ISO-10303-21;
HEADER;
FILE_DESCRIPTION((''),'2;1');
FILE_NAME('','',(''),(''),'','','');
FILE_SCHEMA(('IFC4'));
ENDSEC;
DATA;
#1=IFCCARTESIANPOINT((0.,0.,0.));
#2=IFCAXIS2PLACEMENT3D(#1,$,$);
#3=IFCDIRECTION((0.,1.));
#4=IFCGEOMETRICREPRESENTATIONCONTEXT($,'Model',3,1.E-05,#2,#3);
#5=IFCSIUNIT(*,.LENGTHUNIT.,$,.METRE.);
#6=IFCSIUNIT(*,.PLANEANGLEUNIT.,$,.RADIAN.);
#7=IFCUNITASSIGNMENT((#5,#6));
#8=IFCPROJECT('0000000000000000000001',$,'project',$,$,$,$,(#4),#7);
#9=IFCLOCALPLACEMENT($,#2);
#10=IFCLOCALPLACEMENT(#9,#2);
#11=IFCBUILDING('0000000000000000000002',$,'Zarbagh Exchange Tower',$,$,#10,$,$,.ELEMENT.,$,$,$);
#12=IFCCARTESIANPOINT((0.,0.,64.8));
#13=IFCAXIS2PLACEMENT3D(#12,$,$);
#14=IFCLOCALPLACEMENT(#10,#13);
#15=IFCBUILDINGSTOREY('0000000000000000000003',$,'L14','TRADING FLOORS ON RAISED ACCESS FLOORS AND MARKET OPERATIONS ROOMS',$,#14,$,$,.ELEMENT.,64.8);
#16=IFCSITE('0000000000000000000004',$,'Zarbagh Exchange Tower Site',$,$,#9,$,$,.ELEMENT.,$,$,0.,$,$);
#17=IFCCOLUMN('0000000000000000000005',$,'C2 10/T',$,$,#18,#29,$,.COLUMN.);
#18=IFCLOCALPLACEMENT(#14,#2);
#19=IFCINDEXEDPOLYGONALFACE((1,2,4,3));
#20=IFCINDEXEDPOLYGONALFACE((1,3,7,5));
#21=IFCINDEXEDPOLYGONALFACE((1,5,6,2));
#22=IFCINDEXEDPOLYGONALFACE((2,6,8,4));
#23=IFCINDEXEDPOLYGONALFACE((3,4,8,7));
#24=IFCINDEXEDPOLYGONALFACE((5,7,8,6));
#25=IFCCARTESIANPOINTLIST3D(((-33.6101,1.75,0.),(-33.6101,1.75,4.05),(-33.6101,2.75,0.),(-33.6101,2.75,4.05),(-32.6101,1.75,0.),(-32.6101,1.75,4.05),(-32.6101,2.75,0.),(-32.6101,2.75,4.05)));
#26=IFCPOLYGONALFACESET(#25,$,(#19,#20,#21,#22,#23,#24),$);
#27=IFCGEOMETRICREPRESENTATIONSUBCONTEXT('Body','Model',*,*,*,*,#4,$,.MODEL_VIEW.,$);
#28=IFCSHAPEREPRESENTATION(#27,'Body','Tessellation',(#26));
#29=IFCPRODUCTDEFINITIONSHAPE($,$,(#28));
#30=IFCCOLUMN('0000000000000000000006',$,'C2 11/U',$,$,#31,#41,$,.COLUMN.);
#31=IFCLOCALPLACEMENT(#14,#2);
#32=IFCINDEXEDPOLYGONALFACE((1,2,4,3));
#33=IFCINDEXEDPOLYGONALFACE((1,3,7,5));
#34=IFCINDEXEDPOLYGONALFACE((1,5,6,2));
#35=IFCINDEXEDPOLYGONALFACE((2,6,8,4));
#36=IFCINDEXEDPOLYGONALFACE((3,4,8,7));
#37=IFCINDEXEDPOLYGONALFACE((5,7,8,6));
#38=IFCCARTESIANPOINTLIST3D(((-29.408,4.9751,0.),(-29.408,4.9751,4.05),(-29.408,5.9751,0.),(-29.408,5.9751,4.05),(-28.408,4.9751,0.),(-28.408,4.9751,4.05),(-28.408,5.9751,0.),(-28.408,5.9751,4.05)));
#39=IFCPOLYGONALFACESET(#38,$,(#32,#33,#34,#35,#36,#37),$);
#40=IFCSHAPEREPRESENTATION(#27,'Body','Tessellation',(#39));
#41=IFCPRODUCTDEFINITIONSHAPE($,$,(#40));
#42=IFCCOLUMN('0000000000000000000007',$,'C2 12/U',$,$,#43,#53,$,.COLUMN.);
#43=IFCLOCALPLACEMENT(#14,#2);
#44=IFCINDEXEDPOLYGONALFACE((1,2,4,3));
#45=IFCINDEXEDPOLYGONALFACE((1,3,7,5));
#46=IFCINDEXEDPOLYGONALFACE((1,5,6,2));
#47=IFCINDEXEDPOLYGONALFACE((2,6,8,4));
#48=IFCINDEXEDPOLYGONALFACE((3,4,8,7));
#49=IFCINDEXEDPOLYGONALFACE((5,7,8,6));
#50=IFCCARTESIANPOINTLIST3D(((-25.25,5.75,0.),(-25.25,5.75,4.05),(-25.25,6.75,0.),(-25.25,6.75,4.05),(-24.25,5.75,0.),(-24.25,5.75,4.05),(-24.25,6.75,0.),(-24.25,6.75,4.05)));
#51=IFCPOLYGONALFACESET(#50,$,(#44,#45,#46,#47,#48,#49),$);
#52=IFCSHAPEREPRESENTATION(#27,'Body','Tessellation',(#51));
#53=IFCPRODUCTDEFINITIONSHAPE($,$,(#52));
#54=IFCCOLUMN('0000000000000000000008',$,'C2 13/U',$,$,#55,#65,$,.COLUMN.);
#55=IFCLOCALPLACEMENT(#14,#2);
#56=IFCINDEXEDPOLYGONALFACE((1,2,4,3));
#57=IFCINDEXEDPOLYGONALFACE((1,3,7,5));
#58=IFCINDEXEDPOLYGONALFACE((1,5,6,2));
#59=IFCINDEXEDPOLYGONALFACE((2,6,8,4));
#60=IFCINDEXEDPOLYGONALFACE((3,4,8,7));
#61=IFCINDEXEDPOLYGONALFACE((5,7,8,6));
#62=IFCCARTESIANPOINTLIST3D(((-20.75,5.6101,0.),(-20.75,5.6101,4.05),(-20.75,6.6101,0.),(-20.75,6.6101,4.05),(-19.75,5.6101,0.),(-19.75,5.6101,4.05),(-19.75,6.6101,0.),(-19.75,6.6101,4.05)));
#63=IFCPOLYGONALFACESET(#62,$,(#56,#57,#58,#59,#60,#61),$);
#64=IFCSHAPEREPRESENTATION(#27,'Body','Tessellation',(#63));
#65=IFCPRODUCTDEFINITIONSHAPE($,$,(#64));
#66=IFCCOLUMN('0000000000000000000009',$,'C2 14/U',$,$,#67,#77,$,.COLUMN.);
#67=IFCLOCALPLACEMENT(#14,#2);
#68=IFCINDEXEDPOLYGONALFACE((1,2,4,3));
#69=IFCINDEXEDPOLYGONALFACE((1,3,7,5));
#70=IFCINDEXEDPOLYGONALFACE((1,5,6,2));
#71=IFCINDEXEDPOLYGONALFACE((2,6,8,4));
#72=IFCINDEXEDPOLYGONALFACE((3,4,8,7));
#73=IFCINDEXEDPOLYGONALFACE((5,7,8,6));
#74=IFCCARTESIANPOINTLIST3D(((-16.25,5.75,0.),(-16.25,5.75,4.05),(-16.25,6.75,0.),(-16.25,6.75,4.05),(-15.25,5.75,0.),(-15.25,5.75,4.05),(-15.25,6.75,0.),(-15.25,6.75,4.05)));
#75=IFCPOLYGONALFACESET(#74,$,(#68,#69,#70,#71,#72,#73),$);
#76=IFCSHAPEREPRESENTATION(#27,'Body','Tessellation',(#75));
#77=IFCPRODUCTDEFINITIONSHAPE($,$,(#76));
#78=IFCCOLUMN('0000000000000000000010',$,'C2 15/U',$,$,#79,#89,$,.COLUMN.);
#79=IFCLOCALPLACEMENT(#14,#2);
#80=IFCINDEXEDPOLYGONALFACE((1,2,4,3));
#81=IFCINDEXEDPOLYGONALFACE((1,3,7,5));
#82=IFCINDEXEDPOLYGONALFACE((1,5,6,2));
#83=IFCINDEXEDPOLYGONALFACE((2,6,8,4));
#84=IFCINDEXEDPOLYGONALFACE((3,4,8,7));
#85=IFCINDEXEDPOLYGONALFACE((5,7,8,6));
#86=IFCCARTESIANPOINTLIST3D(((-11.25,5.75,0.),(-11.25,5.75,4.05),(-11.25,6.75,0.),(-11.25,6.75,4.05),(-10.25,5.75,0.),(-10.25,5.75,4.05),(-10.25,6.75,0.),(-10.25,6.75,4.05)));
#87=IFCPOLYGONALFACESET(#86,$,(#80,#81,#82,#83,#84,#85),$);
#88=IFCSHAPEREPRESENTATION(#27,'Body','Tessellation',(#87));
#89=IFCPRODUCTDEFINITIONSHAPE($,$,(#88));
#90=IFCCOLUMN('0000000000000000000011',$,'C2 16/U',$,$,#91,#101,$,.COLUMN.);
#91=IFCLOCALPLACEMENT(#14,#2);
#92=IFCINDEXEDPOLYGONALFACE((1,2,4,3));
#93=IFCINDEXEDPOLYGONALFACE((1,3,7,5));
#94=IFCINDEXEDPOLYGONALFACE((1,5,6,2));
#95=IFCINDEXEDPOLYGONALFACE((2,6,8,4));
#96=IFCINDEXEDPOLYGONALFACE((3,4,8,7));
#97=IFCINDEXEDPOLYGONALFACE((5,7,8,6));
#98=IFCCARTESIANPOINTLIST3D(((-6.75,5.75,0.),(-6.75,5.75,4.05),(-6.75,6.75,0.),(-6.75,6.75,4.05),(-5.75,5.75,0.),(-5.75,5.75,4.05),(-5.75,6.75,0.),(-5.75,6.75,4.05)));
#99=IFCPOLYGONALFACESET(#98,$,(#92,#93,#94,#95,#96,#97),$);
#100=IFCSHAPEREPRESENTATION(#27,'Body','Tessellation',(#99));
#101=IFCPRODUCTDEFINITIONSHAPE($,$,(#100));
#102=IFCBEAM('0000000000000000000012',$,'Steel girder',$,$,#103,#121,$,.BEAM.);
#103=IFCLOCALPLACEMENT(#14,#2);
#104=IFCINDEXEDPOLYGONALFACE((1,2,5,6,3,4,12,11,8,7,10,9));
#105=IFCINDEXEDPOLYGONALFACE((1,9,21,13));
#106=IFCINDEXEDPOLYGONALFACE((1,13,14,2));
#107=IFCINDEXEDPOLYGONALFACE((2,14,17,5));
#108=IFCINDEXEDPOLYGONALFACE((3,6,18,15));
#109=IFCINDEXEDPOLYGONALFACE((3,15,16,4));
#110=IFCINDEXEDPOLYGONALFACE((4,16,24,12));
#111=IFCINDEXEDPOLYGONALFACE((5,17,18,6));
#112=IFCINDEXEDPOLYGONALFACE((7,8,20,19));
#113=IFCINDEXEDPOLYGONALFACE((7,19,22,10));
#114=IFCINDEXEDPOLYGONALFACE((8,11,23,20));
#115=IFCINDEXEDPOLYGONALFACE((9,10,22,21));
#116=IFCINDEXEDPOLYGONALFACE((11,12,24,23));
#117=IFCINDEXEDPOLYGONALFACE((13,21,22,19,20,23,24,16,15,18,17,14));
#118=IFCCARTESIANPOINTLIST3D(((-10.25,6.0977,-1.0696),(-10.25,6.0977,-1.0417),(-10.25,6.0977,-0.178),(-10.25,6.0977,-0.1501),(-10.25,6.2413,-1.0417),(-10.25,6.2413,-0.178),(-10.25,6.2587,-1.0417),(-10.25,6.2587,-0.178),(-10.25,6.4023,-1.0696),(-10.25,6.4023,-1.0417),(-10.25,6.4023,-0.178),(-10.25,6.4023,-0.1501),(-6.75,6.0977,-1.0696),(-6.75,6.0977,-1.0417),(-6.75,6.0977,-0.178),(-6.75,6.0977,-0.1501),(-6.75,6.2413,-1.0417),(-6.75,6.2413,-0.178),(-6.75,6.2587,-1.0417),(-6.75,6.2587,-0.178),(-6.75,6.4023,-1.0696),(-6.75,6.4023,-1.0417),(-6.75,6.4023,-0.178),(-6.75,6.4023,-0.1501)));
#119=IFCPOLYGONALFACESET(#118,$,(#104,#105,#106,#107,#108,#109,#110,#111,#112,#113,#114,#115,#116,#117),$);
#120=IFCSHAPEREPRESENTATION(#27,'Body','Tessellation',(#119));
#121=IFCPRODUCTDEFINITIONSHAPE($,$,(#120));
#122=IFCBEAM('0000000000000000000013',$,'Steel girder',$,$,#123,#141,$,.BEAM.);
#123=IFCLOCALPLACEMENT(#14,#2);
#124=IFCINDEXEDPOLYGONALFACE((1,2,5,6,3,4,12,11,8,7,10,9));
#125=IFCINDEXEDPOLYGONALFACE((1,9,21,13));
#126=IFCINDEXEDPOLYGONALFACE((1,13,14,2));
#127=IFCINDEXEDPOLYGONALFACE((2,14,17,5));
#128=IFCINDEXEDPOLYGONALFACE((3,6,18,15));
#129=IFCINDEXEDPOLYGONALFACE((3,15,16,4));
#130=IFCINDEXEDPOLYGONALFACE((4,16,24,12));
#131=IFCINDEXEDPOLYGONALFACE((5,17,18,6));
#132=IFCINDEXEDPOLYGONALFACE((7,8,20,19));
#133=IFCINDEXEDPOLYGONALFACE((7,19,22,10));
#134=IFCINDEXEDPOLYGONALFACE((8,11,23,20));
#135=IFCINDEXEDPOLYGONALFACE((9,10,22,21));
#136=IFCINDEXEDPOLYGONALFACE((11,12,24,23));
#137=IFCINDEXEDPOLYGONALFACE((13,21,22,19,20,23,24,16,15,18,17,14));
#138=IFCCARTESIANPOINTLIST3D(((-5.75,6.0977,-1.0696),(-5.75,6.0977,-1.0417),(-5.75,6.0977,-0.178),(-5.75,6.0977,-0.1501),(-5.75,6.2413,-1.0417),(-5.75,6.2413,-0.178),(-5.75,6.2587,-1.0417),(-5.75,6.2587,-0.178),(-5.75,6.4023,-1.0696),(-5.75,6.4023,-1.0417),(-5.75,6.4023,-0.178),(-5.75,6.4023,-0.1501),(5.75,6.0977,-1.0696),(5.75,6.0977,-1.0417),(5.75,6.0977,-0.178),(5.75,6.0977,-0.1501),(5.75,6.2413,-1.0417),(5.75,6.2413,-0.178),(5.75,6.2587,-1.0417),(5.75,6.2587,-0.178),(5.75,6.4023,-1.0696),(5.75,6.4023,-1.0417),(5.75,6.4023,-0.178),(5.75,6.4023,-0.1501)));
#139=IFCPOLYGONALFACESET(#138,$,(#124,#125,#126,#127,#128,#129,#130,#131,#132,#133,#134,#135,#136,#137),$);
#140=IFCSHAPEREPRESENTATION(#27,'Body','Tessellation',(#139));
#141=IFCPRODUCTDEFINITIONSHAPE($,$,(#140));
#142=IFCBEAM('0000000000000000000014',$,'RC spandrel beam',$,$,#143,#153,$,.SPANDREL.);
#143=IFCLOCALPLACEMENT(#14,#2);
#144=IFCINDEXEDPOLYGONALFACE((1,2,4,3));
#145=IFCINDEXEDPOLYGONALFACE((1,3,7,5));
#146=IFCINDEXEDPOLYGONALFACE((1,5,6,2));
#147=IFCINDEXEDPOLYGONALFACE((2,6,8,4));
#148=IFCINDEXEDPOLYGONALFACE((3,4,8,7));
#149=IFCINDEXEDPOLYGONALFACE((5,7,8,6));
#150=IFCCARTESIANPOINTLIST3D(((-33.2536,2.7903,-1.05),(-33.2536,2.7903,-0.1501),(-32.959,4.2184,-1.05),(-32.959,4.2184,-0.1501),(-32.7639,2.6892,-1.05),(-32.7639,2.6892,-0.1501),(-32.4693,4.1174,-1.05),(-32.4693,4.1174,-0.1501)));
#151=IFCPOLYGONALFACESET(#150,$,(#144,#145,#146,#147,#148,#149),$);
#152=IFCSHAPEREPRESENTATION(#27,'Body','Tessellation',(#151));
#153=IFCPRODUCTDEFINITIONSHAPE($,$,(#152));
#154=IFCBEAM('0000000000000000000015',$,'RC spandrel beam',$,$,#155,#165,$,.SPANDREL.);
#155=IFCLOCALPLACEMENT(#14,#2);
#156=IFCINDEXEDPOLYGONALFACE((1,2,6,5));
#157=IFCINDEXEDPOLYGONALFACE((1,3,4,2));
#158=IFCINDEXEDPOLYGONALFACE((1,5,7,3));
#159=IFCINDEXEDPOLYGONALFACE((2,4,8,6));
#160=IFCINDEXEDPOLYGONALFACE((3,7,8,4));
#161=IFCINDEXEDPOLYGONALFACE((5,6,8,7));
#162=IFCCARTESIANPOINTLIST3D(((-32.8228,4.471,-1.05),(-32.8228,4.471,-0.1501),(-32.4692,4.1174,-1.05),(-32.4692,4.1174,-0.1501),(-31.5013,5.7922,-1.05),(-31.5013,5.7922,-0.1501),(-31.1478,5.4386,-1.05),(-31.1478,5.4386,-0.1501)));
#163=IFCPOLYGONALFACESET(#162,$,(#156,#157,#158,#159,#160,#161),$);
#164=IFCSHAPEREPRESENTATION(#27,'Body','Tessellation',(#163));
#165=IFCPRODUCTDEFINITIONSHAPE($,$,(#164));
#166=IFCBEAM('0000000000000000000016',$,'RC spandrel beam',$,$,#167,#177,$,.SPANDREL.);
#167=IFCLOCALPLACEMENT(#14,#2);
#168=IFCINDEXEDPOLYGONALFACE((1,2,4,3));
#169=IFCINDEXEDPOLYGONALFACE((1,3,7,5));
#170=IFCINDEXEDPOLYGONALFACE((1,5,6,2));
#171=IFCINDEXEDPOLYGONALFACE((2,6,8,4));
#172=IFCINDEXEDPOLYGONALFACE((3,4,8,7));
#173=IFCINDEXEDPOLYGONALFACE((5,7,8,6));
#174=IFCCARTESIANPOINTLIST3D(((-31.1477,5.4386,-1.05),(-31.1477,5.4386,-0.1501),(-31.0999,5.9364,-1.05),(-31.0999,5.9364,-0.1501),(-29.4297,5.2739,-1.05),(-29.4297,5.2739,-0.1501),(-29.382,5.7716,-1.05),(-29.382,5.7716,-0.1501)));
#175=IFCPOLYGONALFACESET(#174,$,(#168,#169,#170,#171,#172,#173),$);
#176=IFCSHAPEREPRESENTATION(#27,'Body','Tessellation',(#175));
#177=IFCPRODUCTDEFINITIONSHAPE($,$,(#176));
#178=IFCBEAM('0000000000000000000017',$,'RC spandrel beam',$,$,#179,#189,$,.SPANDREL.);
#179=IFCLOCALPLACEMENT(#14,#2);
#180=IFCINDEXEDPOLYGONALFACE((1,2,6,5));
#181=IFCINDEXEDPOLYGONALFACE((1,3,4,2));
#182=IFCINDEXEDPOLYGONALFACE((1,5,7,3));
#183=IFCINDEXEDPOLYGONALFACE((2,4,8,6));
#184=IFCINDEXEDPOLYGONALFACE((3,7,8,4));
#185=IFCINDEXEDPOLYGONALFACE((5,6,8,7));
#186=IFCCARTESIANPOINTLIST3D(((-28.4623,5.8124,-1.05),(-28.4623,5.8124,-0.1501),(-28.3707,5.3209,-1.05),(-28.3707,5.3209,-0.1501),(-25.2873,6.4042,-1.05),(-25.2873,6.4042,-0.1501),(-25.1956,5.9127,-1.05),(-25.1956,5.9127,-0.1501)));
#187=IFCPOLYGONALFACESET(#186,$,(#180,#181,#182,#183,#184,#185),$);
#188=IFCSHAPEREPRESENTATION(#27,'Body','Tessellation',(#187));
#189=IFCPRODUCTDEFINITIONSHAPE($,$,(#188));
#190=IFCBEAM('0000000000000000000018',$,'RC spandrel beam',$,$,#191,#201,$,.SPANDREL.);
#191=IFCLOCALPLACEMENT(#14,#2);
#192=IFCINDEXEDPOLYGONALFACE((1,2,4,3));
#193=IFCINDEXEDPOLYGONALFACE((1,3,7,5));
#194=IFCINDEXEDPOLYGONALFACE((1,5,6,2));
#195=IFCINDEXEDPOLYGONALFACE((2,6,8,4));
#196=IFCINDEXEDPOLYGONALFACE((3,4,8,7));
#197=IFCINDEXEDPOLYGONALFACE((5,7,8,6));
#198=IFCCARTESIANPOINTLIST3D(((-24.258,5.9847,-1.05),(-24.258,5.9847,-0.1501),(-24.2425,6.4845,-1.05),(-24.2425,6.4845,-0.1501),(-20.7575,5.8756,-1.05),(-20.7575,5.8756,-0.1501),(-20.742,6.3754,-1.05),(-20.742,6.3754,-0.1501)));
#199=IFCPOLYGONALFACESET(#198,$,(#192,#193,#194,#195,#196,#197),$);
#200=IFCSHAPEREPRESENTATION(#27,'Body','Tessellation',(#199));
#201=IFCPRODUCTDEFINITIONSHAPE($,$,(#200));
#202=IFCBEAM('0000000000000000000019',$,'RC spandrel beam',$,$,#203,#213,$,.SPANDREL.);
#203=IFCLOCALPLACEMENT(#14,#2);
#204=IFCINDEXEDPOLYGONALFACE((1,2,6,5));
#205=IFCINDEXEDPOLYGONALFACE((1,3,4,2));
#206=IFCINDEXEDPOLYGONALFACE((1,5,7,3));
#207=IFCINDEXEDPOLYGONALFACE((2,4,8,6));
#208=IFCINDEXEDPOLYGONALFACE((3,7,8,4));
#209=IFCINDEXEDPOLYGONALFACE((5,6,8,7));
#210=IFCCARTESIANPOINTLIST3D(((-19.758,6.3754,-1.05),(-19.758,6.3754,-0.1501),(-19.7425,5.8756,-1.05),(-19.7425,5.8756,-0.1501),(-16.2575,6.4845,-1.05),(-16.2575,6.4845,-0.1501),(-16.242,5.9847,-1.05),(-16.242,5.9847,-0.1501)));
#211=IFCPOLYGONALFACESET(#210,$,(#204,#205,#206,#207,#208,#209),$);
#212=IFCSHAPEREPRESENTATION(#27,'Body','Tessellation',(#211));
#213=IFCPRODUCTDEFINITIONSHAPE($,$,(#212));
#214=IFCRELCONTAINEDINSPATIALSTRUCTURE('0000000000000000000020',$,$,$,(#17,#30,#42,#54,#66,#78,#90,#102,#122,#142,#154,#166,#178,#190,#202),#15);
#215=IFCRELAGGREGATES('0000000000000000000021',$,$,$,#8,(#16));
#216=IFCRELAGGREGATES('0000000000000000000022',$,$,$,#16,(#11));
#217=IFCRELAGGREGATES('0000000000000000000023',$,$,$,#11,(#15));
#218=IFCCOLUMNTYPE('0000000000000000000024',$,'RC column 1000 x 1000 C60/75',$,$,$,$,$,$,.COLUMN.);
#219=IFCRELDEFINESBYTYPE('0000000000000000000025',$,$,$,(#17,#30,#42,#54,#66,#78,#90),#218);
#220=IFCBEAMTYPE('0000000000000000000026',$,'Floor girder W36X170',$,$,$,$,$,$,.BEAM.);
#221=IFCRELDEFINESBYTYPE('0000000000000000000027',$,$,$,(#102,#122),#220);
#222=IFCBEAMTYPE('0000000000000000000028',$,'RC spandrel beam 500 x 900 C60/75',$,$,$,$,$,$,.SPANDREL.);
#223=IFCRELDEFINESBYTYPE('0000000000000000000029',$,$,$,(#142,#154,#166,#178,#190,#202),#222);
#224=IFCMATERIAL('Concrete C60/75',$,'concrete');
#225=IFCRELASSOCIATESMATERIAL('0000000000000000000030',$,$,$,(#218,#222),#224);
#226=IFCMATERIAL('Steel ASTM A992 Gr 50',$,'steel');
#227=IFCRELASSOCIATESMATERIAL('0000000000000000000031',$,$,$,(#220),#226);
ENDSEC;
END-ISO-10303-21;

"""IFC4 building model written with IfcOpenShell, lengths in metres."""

from ifc_helpers import new_model, si_unit, direction, frame, origin, origin_2d, place, context, subcontext, project, spatial, rectangle, i_section, extrude, material, material_profile, profile_set, type_object, element, save


model = new_model("IFC4")

# Units and contexts
model_context = context("Model", 3, precision=1e-05, world=origin(), true_north=direction((0.0, 1.0)))
body_context = subcontext(model_context, "Body", "Model", "MODEL_VIEW")
ifc_project = project(units=[si_unit("LENGTHUNIT", "METRE"), si_unit("PLANEANGLEUNIT", "RADIAN")], contexts=[model_context])

# Site, building, storey
site_placement = place(None, origin())
site = spatial("IfcSite", under=ifc_project, at=site_placement, Name="Zarbagh Exchange Tower Site", CompositionType="ELEMENT", RefElevation=0.0)
building_placement = place(site_placement, origin())
building = spatial("IfcBuilding", under=site, at=building_placement, Name="Zarbagh Exchange Tower", CompositionType="ELEMENT")
storey_placement = place(building_placement, frame((0.0, 0.0, 64.8)))
storey = spatial("IfcBuildingStorey", under=building, at=storey_placement, Name="L14", Description="TRADING FLOORS ON RAISED ACCESS FLOORS AND MARKET OPERATIONS ROOMS", CompositionType="ELEMENT", Elevation=64.8)

# Columns
ifc_material_1 = material(Name="Concrete C60/75", Category="concrete")
ifc_material_profile_1 = material_profile(ifc_material_1, rectangle(XDim=1.0, YDim=1.0, at=origin_2d()), Name="RC column 1000 x 1000 C60/75")
ifc_profile_set_1 = profile_set([ifc_material_profile_1], Name="Concrete C60/75")
column_type = type_object("IfcColumnType", Name="RC column 1000 x 1000 C60/75", PredefinedType="COLUMN", material=ifc_profile_set_1)
for number, where, z_axis, x_axis, name in (
    (1, (-33.1101, 2.25, 0.0), (0.0, 0.0, 1.0), (1.0, 0.0, 0.0), "C2 10/T"),
    (2, (-28.908, 5.4751, 0.0), (0.0, 0.0, 1.0), (1.0, 0.0, 0.0), "C2 11/U"),
    (3, (-24.75, 6.25, 0.0), (0.0, 0.0, 1.0), (1.0, 0.0, 0.0), "C2 12/U"),
    (4, (-20.25, 6.1101, 0.0), (0.0, 0.0, 1.0), (1.0, 0.0, 0.0), "C2 13/U"),
    (5, (-15.75, 6.25, 0.0), (0.0, 0.0, 1.0), (1.0, 0.0, 0.0), "C2 14/U"),
    (6, (-10.75, 6.25, 0.0), (0.0, 0.0, 1.0), (1.0, 0.0, 0.0), "C2 15/U"),
    (7, (-6.25, 6.25, 0.0), (0.0, 0.0, 1.0), (1.0, 0.0, 0.0), "C2 16/U"),
):
    element("IfcColumn", number, at=place(storey_placement, frame(where, z_axis=z_axis, x_axis=x_axis)), inside=storey, type_object=column_type, Name=name, PredefinedType="COLUMN", context=body_context, shape_type="SweptSolid", body=[
        extrude(rectangle(XDim=1.0, YDim=1.0, at=origin_2d()), origin(), (0.0, 0.0, 1.0), 4.05),
    ])

# Beams
ifc_material_2 = material(Name="Steel ASTM A992 Gr 50", Category="steel")
ifc_material_profile_2 = material_profile(ifc_material_2, i_section(OverallWidth=0.3047, OverallDepth=0.9194, WebThickness=0.0173, FlangeThickness=0.0278, at=origin_2d()), Name="W36X170")
ifc_profile_set_2 = profile_set([ifc_material_profile_2], Name="Steel ASTM A992 Gr 50")
beam_type_1 = type_object("IfcBeamType", Name="Floor girder W36X170", PredefinedType="BEAM", material=ifc_profile_set_2)
beam_1_placement = place(storey_placement, frame((-10.25, 6.25, -0.6099), z_axis=(1.0, 0.0, 0.0), x_axis=(0.0, 1.0, 0.0)))
element("IfcBeam", 8, at=beam_1_placement, inside=storey, type_object=beam_type_1, Name="Steel girder", PredefinedType="BEAM", context=body_context, shape_type="SweptSolid", body=[
    extrude(i_section(OverallWidth=0.3047, OverallDepth=0.9194, WebThickness=0.0173, FlangeThickness=0.0278, at=origin_2d()), origin(), (0.0, 0.0, 1.0), 3.5),
])
beam_2_placement = place(storey_placement, frame((-5.75, 6.25, -0.6099), z_axis=(1.0, 0.0, 0.0), x_axis=(0.0, 1.0, 0.0)))
element("IfcBeam", 9, at=beam_2_placement, inside=storey, type_object=beam_type_1, Name="Steel girder", PredefinedType="BEAM", context=body_context, shape_type="SweptSolid", body=[
    extrude(i_section(OverallWidth=0.3047, OverallDepth=0.9194, WebThickness=0.0173, FlangeThickness=0.0278, at=origin_2d()), origin(), (0.0, 0.0, 1.0), 11.5),
])
ifc_material_profile_3 = material_profile(ifc_material_1, rectangle(XDim=0.5, YDim=0.8999, at=origin_2d()), Name="RC spandrel beam 500 x 900 C60/75")
ifc_profile_set_3 = profile_set([ifc_material_profile_3], Name="Concrete C60/75")
beam_type_2 = type_object("IfcBeamType", Name="RC spandrel beam 500 x 900 C60/75", PredefinedType="SPANDREL", material=ifc_profile_set_3)
beam_3_placement = place(storey_placement, frame((-33.0088, 2.7397, -0.6001), z_axis=(0.202069, 0.979371, 0.0), x_axis=(-0.979371, 0.202069, 0.0)))
element("IfcBeam", 10, at=beam_3_placement, inside=storey, type_object=beam_type_2, Name="RC spandrel beam", PredefinedType="SPANDREL", context=body_context, shape_type="SweptSolid", body=[
    extrude(rectangle(XDim=0.5, YDim=0.8999, at=origin_2d()), origin(), (0.0, 0.0, 1.0), 1.4583),
])
beam_4_placement = place(storey_placement, frame((-32.646, 4.2942, -0.6001), z_axis=(0.707172, 0.707041, 0.0), x_axis=(-0.707041, 0.707172, 0.0)))
element("IfcBeam", 11, at=beam_4_placement, inside=storey, type_object=beam_type_2, Name="RC spandrel beam", PredefinedType="SPANDREL", context=body_context, shape_type="SweptSolid", body=[
    extrude(rectangle(XDim=0.5, YDim=0.8999, at=origin_2d()), origin(), (0.0, 0.0, 1.0), 1.8687),
])
beam_5_placement = place(storey_placement, frame((-31.1238, 5.6875, -0.6001), z_axis=(0.995431, -0.095483, 0.0), x_axis=(0.095483, 0.995431, 0.0)))
element("IfcBeam", 12, at=beam_5_placement, inside=storey, type_object=beam_type_2, Name="RC spandrel beam", PredefinedType="SPANDREL", context=body_context, shape_type="SweptSolid", body=[
    extrude(rectangle(XDim=0.5, YDim=0.8999, at=origin_2d()), origin(), (0.0, 0.0, 1.0), 1.7258),
])
beam_6_placement = place(storey_placement, frame((-28.4165, 5.5667, -0.6001), z_axis=(0.983069, 0.183234, 0.0), x_axis=(-0.183234, 0.983069, 0.0)))
element("IfcBeam", 13, at=beam_6_placement, inside=storey, type_object=beam_type_2, Name="RC spandrel beam", PredefinedType="SPANDREL", context=body_context, shape_type="SweptSolid", body=[
    extrude(rectangle(XDim=0.5, YDim=0.8999, at=origin_2d()), origin(), (0.0, 0.0, 1.0), 3.2297),
])
for number, where, z_axis, x_axis, name in (
    (14, (-24.2502, 6.2346, -0.6001), (0.999514, -0.031161, 0.0), (0.031161, 0.999514, 0.0), "RC spandrel beam"),
    (15, (-19.7502, 6.1255, -0.6001), (0.999514, 0.031161, 0.0), (-0.031161, 0.999514, 0.0), "RC spandrel beam"),
):
    element("IfcBeam", number, at=place(storey_placement, frame(where, z_axis=z_axis, x_axis=x_axis)), inside=storey, type_object=beam_type_2, Name=name, PredefinedType="SPANDREL", context=body_context, shape_type="SweptSolid", body=[
        extrude(rectangle(XDim=0.5, YDim=0.8999, at=origin_2d()), origin(), (0.0, 0.0, 1.0), 3.5022),
    ])

save(model, "model.ifc")
